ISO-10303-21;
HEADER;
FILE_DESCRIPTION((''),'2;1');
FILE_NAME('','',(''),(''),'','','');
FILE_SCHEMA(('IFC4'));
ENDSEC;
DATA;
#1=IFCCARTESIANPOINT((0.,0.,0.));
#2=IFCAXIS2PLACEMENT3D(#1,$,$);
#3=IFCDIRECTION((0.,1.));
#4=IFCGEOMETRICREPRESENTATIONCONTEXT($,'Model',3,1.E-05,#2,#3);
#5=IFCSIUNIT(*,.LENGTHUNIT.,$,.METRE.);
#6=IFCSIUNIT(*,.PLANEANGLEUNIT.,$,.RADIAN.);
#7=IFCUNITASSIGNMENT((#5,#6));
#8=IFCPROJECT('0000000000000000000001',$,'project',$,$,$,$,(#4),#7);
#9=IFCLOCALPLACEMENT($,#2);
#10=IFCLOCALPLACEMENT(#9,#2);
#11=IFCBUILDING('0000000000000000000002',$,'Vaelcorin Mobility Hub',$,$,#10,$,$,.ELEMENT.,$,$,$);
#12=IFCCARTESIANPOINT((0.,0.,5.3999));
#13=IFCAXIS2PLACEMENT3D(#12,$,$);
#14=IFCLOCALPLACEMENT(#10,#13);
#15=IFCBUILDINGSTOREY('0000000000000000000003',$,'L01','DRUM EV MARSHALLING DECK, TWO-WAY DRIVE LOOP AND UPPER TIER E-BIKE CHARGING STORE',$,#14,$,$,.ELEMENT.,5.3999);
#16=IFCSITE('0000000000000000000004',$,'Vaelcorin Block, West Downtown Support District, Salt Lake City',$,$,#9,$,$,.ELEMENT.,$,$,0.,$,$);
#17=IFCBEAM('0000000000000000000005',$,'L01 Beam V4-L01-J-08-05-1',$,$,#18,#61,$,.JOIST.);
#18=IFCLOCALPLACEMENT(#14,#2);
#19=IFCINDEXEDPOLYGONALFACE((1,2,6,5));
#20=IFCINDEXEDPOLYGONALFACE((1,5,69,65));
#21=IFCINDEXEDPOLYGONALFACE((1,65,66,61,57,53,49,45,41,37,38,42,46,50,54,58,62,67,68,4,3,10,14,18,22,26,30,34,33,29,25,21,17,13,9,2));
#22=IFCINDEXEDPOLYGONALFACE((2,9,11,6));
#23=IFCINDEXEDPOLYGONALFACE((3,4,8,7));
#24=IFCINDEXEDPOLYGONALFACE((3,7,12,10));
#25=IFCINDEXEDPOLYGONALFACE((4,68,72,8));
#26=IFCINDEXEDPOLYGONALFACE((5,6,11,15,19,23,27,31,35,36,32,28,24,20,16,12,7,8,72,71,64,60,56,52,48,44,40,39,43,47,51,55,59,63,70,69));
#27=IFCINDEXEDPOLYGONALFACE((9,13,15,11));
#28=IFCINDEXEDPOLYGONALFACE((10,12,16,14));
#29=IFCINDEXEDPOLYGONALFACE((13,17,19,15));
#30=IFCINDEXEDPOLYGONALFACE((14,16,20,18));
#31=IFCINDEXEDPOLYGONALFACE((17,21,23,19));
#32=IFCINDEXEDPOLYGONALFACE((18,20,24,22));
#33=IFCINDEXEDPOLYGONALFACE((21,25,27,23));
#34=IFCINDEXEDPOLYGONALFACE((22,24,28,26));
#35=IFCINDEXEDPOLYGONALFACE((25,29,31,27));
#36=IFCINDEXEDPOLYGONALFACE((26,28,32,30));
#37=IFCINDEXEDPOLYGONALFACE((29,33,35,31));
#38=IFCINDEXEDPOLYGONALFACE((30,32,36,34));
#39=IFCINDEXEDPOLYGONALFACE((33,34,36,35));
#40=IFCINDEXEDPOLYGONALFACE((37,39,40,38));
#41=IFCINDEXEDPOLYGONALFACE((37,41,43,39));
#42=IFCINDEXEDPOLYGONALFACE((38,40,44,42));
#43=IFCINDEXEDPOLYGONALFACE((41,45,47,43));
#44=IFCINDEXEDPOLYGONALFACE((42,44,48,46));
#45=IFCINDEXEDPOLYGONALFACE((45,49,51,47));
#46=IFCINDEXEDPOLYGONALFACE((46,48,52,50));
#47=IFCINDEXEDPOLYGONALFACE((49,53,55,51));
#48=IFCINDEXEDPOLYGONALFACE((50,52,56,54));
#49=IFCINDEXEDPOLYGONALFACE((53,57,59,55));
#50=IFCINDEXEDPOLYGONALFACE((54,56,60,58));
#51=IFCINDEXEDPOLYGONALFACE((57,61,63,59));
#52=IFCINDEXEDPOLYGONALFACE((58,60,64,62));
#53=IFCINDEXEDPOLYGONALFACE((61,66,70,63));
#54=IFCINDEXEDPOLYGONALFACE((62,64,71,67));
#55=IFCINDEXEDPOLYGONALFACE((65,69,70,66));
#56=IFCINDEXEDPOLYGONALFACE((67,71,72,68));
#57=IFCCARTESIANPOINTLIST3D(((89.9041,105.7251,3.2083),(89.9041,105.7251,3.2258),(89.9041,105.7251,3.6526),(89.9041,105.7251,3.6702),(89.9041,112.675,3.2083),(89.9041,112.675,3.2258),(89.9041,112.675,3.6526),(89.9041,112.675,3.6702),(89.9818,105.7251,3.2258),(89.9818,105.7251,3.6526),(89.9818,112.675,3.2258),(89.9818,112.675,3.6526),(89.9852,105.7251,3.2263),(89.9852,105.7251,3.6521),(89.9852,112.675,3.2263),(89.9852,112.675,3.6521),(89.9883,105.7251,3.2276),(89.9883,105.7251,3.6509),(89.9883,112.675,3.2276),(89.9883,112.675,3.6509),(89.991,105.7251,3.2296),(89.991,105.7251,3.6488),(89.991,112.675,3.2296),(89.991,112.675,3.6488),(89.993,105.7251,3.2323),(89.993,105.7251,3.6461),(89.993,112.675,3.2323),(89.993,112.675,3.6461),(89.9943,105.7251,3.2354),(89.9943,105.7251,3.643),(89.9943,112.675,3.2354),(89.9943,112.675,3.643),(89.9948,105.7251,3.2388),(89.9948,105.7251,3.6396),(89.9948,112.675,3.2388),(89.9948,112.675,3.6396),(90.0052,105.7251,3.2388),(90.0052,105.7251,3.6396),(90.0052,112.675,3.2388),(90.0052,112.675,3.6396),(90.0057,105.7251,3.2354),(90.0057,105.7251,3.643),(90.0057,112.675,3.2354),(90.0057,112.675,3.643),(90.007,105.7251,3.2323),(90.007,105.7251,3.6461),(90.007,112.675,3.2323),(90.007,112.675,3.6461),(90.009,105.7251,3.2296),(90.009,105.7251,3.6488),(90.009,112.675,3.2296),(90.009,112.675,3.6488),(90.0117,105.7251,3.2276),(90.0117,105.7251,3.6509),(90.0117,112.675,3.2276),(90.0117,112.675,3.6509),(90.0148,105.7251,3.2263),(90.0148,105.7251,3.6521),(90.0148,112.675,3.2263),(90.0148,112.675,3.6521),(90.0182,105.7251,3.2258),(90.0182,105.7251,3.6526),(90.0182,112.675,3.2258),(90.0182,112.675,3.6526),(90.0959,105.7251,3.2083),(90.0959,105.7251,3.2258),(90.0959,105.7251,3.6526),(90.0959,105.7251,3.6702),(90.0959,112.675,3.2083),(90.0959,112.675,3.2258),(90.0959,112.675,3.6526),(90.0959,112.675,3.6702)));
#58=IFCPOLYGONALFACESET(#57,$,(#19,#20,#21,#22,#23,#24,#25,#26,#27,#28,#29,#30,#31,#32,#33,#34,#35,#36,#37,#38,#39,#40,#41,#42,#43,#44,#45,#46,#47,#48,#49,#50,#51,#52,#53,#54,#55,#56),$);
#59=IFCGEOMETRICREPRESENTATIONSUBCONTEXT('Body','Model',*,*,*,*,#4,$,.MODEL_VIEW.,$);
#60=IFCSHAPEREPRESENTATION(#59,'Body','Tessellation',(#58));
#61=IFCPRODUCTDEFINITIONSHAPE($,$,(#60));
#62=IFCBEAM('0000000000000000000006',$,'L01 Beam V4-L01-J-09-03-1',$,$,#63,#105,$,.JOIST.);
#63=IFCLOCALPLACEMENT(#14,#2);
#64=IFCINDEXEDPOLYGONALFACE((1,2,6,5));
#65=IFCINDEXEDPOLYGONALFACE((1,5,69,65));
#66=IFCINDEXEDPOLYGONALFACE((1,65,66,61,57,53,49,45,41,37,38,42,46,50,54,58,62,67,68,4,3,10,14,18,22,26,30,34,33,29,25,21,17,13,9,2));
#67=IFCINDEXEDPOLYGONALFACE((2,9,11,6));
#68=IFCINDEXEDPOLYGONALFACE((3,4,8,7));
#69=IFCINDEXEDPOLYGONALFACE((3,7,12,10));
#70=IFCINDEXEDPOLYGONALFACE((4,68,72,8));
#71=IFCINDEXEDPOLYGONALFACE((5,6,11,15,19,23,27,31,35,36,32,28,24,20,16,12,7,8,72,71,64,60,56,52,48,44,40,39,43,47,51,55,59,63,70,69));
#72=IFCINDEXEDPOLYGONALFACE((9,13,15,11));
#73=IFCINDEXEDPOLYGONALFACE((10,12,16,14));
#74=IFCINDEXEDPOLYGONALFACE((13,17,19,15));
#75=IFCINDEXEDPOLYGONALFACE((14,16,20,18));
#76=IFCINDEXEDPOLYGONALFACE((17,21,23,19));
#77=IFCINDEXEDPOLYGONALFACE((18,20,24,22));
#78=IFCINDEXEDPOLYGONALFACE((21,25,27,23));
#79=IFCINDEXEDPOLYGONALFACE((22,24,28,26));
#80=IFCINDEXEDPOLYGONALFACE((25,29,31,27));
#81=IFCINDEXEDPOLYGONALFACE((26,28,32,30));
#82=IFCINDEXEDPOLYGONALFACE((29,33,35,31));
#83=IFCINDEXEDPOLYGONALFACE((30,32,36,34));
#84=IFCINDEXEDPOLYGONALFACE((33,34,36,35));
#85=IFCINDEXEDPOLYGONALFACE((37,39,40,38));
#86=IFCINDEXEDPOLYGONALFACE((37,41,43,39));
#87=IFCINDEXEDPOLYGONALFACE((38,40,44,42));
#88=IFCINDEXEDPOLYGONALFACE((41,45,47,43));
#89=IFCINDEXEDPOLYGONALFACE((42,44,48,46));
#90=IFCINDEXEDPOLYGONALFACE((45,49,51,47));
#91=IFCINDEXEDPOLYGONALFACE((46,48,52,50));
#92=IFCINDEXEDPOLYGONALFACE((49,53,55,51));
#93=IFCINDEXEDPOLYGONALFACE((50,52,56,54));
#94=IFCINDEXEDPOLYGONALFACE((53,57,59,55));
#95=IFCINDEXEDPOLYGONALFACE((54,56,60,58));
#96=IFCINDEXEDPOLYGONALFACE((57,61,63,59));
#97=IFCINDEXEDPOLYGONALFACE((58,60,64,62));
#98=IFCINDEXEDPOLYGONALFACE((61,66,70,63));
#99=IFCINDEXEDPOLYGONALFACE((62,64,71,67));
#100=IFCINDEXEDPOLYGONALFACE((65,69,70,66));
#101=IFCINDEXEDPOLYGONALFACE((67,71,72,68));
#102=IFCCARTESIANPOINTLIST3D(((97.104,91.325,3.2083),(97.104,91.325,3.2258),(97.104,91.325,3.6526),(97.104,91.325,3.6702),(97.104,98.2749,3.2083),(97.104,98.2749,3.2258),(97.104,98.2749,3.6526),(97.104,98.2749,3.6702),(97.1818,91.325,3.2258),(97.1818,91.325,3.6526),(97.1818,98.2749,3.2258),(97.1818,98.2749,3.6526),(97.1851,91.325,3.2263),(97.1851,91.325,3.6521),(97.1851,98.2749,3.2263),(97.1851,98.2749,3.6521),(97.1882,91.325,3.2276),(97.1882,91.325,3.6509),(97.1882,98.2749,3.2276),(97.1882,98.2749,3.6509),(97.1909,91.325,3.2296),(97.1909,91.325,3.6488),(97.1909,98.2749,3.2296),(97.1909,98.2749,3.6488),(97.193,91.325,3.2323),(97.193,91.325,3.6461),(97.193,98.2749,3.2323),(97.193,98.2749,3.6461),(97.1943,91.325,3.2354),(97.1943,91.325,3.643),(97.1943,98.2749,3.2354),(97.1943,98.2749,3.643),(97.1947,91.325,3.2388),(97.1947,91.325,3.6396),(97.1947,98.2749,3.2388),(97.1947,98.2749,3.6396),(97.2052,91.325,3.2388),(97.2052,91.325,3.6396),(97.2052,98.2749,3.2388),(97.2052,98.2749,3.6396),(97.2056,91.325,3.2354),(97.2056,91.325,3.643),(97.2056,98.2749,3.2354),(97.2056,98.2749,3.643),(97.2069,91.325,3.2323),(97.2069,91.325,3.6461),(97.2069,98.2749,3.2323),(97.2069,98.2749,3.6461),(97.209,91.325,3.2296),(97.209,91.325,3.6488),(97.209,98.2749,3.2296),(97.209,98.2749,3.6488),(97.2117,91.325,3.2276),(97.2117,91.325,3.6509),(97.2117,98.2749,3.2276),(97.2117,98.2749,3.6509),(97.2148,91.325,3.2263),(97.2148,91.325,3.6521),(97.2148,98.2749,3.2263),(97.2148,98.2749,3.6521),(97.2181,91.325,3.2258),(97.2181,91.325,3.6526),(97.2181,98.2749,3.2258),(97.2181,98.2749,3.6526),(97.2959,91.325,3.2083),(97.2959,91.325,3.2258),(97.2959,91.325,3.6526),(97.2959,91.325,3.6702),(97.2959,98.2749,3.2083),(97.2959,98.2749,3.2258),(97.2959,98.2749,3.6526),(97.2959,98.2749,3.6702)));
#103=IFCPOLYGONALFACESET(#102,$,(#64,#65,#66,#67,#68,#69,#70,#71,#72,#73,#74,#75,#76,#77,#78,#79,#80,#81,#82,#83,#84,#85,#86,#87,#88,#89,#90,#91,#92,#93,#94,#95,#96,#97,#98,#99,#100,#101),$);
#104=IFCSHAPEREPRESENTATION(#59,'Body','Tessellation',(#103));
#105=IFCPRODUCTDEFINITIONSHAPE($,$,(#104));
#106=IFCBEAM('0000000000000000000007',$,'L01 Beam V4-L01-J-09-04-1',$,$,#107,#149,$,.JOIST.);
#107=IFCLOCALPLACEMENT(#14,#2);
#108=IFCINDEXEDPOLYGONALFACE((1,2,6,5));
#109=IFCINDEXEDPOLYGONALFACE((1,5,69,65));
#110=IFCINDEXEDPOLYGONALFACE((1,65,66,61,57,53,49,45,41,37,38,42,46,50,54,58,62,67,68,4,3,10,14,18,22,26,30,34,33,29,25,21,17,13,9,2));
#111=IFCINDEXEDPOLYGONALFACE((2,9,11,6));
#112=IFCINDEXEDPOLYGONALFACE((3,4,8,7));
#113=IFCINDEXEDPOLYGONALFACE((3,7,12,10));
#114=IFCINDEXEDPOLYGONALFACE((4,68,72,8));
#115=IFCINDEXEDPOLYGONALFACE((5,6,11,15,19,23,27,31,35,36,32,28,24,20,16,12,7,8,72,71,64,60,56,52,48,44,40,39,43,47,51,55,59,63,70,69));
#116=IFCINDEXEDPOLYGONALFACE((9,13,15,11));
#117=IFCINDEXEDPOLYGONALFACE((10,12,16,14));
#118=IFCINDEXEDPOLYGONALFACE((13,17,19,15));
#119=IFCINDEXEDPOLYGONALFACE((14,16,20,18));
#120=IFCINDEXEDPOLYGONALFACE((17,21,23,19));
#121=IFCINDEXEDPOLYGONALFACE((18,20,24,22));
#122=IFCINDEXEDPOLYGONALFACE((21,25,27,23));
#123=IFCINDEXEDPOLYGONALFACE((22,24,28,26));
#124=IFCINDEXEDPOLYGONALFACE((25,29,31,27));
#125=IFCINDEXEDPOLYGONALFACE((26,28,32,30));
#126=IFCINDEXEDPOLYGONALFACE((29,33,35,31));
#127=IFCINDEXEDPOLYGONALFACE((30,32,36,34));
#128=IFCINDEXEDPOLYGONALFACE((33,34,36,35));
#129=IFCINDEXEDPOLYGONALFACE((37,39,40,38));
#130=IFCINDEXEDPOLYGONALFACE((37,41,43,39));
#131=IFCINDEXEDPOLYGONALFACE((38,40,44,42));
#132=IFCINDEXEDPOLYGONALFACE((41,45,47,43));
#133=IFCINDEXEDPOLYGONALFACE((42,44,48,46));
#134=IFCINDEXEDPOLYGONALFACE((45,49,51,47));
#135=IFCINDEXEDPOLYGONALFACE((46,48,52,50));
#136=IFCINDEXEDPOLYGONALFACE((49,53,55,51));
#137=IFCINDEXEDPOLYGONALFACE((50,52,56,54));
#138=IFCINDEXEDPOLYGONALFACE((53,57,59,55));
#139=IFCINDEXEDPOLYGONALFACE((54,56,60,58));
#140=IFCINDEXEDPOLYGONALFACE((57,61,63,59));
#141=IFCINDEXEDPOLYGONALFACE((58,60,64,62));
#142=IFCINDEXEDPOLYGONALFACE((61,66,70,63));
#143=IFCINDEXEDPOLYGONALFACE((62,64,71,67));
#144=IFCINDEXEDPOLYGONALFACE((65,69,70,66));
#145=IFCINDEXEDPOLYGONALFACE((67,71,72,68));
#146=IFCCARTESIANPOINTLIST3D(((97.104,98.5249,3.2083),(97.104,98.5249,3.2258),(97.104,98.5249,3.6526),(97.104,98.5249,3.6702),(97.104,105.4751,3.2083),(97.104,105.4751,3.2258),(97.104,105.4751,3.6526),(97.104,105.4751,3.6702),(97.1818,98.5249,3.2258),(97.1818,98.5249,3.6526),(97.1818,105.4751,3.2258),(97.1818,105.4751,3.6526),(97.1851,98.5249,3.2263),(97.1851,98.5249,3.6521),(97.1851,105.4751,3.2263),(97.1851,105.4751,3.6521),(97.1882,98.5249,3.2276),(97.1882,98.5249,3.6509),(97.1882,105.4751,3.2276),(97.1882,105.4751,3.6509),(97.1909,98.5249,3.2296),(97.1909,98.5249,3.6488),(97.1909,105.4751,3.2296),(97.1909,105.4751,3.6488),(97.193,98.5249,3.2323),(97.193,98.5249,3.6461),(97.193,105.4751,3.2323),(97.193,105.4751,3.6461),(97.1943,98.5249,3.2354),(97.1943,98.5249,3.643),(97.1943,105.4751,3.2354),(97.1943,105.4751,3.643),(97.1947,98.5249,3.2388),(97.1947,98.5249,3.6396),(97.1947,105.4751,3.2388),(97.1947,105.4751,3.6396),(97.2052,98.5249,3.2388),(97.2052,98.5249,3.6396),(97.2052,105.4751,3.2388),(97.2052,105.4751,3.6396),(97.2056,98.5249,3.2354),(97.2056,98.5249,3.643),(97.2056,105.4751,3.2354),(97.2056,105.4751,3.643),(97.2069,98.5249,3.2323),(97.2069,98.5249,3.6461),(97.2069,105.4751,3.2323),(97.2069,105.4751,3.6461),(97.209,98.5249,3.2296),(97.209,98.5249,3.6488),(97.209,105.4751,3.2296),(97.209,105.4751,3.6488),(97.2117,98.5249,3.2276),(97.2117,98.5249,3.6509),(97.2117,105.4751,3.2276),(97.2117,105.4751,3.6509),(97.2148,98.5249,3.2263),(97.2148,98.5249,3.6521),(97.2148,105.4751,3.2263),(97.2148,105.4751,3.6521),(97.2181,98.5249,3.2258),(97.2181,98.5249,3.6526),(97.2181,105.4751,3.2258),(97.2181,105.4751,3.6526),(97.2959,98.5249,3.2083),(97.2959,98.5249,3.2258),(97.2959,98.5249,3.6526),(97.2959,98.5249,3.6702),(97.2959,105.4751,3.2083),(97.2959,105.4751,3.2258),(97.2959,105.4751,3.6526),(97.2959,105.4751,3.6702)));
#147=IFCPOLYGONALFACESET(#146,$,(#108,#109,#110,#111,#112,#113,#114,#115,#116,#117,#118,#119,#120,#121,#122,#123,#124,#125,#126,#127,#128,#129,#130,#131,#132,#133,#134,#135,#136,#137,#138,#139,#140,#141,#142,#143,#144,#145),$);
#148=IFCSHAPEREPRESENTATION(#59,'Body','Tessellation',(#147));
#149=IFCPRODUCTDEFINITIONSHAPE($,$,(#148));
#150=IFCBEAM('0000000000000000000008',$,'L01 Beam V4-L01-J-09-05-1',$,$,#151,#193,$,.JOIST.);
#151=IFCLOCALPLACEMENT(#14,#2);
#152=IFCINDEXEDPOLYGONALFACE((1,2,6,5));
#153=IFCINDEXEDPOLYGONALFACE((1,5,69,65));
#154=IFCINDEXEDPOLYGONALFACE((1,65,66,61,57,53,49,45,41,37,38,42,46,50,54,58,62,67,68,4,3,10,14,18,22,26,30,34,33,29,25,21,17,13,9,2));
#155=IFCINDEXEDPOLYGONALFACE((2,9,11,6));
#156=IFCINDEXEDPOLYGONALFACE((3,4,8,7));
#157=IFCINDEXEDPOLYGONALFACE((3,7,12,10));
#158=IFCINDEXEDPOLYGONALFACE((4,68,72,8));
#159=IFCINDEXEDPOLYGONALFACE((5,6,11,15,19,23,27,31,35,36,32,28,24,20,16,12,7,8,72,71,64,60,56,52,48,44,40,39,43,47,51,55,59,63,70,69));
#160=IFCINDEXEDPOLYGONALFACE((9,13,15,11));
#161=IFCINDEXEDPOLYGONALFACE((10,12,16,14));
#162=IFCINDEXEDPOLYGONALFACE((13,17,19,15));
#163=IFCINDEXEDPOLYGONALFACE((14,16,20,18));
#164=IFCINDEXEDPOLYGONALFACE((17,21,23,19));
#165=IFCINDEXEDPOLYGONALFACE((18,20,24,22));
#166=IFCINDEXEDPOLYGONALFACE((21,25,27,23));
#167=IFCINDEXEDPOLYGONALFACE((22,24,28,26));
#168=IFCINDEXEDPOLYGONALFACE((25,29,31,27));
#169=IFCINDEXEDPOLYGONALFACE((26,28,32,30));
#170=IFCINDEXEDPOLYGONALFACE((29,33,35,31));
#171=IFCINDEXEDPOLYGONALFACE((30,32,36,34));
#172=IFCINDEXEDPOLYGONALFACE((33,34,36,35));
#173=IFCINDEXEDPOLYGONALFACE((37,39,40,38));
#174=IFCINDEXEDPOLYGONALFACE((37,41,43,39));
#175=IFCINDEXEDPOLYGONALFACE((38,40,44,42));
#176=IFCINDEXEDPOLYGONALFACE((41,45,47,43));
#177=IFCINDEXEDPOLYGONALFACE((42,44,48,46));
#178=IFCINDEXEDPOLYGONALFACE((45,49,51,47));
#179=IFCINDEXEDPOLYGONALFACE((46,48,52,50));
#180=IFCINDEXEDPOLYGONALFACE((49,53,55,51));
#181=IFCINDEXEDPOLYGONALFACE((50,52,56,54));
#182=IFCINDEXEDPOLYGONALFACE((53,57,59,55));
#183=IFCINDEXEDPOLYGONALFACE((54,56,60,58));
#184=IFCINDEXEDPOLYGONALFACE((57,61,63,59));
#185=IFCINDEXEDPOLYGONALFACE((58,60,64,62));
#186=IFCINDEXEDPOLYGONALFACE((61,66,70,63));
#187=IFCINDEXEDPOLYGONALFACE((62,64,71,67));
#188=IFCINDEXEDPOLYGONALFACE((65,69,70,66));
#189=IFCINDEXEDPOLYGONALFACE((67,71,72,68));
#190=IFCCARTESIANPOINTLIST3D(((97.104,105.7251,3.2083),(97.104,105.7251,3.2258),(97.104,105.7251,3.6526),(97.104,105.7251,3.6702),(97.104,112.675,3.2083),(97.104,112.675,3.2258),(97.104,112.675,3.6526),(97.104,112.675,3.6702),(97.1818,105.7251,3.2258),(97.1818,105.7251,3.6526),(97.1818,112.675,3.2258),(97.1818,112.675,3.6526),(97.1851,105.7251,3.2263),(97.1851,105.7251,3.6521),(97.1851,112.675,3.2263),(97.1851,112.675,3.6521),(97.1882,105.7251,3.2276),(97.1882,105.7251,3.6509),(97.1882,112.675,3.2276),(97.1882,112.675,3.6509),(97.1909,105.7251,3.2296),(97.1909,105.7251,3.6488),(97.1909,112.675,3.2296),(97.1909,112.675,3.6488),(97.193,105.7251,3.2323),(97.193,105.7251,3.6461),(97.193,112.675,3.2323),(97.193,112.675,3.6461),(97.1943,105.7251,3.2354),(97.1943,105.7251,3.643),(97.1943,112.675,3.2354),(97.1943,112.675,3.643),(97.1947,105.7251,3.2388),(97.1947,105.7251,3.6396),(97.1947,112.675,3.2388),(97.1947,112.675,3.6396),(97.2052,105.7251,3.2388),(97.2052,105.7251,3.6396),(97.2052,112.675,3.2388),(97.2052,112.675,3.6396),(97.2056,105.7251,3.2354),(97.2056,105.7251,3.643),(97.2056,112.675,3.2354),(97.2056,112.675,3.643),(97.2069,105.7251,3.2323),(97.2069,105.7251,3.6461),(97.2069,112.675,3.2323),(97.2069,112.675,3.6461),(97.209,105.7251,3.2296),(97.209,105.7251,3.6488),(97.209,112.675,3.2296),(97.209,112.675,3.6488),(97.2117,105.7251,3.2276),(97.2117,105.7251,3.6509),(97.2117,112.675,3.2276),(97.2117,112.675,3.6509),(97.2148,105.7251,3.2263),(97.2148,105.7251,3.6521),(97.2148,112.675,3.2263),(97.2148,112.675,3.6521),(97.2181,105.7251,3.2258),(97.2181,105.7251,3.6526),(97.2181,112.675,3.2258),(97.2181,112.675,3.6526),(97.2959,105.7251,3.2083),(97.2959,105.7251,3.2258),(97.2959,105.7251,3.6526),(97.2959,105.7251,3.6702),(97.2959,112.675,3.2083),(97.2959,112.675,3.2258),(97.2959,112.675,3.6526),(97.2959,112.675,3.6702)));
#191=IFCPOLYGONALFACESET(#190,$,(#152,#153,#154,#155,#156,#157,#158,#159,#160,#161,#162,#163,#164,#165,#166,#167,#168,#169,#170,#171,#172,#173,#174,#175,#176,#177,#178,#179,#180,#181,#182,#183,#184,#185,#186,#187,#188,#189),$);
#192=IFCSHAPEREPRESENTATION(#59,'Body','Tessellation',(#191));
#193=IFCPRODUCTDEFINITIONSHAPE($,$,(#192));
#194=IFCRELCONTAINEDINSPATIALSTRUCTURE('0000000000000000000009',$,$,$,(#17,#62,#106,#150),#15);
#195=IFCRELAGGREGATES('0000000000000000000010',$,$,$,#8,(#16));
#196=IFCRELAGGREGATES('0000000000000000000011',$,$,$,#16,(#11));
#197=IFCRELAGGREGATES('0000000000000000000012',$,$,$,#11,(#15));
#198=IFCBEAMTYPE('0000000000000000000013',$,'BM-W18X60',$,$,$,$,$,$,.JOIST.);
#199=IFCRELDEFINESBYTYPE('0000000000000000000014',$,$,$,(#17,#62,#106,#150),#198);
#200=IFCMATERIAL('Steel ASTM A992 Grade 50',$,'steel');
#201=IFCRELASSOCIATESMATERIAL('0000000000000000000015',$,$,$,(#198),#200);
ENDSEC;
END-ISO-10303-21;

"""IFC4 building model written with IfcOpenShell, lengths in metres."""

from ifc_helpers import new_model, si_unit, direction, frame, origin, origin_2d, place, context, subcontext, project, spatial, i_section, extrude, material, material_profile, profile_set, type_object, element, save


model = new_model("IFC4")

# Units and contexts
model_context = context("Model", 3, precision=1e-05, world=origin(), true_north=direction((0.0, 1.0)))
body_context = subcontext(model_context, "Body", "Model", "MODEL_VIEW")
ifc_project = project(units=[si_unit("LENGTHUNIT", "METRE"), si_unit("PLANEANGLEUNIT", "RADIAN")], contexts=[model_context])

# Site, building, storey
site_placement = place(None, origin())
site = spatial("IfcSite", under=ifc_project, at=site_placement, Name="Vaelcorin Block, West Downtown Support District, Salt Lake City", CompositionType="ELEMENT", RefElevation=0.0)
building_placement = place(site_placement, origin())
building = spatial("IfcBuilding", under=site, at=building_placement, Name="Vaelcorin Mobility Hub", CompositionType="ELEMENT")
storey_placement = place(building_placement, frame((0.0, 0.0, 5.3999)))
storey = spatial("IfcBuildingStorey", under=building, at=storey_placement, Name="L01", Description="DRUM EV MARSHALLING DECK, TWO-WAY DRIVE LOOP AND UPPER TIER E-BIKE CHARGING STORE", CompositionType="ELEMENT", Elevation=5.3999)

# Shared definitions
ifc_material_1 = material(Name="Steel ASTM A992 Grade 50", Category="steel")

# Beams
ifc_material_profile_1 = material_profile(ifc_material_1, i_section(OverallWidth=0.1919, OverallDepth=0.4619, WebThickness=0.0105, FlangeThickness=0.0176, FilletRadius=0.0129, at=origin_2d()), Name="W18X60")
ifc_profile_set_1 = profile_set([ifc_material_profile_1], Name="Steel ASTM A992 Grade 50")
beam_type_1 = type_object("IfcBeamType", Name="BM-W18X60", PredefinedType="JOIST", material=ifc_profile_set_1)
for number, where, z_axis, x_axis, name in (
    (1, (90.0, 105.7251, 3.4392), (0.0, 1.0, 0.0), (-1.0, 0.0, 0.0), "L01 Beam V4-L01-J-08-05-1"),
    (2, (97.2, 91.325, 3.4392), (0.0, 1.0, 0.0), (-1.0, 0.0, 0.0), "L01 Beam V4-L01-J-09-03-1"),
):
    element("IfcBeam", number, at=place(storey_placement, frame(where, z_axis=z_axis, x_axis=x_axis)), inside=storey, type_object=beam_type_1, Name=name, PredefinedType="JOIST", context=body_context, shape_type="SweptSolid", body=[
        extrude(i_section(OverallWidth=0.1919, OverallDepth=0.4619, WebThickness=0.0105, FlangeThickness=0.0176, FilletRadius=0.0129, at=origin_2d()), origin(), (0.0, 0.0, 1.0), 6.95),
    ])
beam_1_placement = place(storey_placement, frame((97.2, 98.5249, 3.4392), z_axis=(0.0, 1.0, 0.0), x_axis=(-1.0, 0.0, 0.0)))
element("IfcBeam", 3, at=beam_1_placement, inside=storey, type_object=beam_type_1, Name="L01 Beam V4-L01-J-09-04-1", PredefinedType="JOIST", context=body_context, shape_type="SweptSolid", body=[
    extrude(i_section(OverallWidth=0.1919, OverallDepth=0.4619, WebThickness=0.0105, FlangeThickness=0.0176, FilletRadius=0.0129, at=origin_2d()), origin(), (0.0, 0.0, 1.0), 6.9502),
])
beam_2_placement = place(storey_placement, frame((97.2, 105.7251, 3.4392), z_axis=(0.0, 1.0, 0.0), x_axis=(-1.0, 0.0, 0.0)))
element("IfcBeam", 4, at=beam_2_placement, inside=storey, type_object=beam_type_1, Name="L01 Beam V4-L01-J-09-05-1", PredefinedType="JOIST", context=body_context, shape_type="SweptSolid", body=[
    extrude(i_section(OverallWidth=0.1919, OverallDepth=0.4619, WebThickness=0.0105, FlangeThickness=0.0176, FilletRadius=0.0129, at=origin_2d()), origin(), (0.0, 0.0, 1.0), 6.95),
])

save(model, "model.ifc")
